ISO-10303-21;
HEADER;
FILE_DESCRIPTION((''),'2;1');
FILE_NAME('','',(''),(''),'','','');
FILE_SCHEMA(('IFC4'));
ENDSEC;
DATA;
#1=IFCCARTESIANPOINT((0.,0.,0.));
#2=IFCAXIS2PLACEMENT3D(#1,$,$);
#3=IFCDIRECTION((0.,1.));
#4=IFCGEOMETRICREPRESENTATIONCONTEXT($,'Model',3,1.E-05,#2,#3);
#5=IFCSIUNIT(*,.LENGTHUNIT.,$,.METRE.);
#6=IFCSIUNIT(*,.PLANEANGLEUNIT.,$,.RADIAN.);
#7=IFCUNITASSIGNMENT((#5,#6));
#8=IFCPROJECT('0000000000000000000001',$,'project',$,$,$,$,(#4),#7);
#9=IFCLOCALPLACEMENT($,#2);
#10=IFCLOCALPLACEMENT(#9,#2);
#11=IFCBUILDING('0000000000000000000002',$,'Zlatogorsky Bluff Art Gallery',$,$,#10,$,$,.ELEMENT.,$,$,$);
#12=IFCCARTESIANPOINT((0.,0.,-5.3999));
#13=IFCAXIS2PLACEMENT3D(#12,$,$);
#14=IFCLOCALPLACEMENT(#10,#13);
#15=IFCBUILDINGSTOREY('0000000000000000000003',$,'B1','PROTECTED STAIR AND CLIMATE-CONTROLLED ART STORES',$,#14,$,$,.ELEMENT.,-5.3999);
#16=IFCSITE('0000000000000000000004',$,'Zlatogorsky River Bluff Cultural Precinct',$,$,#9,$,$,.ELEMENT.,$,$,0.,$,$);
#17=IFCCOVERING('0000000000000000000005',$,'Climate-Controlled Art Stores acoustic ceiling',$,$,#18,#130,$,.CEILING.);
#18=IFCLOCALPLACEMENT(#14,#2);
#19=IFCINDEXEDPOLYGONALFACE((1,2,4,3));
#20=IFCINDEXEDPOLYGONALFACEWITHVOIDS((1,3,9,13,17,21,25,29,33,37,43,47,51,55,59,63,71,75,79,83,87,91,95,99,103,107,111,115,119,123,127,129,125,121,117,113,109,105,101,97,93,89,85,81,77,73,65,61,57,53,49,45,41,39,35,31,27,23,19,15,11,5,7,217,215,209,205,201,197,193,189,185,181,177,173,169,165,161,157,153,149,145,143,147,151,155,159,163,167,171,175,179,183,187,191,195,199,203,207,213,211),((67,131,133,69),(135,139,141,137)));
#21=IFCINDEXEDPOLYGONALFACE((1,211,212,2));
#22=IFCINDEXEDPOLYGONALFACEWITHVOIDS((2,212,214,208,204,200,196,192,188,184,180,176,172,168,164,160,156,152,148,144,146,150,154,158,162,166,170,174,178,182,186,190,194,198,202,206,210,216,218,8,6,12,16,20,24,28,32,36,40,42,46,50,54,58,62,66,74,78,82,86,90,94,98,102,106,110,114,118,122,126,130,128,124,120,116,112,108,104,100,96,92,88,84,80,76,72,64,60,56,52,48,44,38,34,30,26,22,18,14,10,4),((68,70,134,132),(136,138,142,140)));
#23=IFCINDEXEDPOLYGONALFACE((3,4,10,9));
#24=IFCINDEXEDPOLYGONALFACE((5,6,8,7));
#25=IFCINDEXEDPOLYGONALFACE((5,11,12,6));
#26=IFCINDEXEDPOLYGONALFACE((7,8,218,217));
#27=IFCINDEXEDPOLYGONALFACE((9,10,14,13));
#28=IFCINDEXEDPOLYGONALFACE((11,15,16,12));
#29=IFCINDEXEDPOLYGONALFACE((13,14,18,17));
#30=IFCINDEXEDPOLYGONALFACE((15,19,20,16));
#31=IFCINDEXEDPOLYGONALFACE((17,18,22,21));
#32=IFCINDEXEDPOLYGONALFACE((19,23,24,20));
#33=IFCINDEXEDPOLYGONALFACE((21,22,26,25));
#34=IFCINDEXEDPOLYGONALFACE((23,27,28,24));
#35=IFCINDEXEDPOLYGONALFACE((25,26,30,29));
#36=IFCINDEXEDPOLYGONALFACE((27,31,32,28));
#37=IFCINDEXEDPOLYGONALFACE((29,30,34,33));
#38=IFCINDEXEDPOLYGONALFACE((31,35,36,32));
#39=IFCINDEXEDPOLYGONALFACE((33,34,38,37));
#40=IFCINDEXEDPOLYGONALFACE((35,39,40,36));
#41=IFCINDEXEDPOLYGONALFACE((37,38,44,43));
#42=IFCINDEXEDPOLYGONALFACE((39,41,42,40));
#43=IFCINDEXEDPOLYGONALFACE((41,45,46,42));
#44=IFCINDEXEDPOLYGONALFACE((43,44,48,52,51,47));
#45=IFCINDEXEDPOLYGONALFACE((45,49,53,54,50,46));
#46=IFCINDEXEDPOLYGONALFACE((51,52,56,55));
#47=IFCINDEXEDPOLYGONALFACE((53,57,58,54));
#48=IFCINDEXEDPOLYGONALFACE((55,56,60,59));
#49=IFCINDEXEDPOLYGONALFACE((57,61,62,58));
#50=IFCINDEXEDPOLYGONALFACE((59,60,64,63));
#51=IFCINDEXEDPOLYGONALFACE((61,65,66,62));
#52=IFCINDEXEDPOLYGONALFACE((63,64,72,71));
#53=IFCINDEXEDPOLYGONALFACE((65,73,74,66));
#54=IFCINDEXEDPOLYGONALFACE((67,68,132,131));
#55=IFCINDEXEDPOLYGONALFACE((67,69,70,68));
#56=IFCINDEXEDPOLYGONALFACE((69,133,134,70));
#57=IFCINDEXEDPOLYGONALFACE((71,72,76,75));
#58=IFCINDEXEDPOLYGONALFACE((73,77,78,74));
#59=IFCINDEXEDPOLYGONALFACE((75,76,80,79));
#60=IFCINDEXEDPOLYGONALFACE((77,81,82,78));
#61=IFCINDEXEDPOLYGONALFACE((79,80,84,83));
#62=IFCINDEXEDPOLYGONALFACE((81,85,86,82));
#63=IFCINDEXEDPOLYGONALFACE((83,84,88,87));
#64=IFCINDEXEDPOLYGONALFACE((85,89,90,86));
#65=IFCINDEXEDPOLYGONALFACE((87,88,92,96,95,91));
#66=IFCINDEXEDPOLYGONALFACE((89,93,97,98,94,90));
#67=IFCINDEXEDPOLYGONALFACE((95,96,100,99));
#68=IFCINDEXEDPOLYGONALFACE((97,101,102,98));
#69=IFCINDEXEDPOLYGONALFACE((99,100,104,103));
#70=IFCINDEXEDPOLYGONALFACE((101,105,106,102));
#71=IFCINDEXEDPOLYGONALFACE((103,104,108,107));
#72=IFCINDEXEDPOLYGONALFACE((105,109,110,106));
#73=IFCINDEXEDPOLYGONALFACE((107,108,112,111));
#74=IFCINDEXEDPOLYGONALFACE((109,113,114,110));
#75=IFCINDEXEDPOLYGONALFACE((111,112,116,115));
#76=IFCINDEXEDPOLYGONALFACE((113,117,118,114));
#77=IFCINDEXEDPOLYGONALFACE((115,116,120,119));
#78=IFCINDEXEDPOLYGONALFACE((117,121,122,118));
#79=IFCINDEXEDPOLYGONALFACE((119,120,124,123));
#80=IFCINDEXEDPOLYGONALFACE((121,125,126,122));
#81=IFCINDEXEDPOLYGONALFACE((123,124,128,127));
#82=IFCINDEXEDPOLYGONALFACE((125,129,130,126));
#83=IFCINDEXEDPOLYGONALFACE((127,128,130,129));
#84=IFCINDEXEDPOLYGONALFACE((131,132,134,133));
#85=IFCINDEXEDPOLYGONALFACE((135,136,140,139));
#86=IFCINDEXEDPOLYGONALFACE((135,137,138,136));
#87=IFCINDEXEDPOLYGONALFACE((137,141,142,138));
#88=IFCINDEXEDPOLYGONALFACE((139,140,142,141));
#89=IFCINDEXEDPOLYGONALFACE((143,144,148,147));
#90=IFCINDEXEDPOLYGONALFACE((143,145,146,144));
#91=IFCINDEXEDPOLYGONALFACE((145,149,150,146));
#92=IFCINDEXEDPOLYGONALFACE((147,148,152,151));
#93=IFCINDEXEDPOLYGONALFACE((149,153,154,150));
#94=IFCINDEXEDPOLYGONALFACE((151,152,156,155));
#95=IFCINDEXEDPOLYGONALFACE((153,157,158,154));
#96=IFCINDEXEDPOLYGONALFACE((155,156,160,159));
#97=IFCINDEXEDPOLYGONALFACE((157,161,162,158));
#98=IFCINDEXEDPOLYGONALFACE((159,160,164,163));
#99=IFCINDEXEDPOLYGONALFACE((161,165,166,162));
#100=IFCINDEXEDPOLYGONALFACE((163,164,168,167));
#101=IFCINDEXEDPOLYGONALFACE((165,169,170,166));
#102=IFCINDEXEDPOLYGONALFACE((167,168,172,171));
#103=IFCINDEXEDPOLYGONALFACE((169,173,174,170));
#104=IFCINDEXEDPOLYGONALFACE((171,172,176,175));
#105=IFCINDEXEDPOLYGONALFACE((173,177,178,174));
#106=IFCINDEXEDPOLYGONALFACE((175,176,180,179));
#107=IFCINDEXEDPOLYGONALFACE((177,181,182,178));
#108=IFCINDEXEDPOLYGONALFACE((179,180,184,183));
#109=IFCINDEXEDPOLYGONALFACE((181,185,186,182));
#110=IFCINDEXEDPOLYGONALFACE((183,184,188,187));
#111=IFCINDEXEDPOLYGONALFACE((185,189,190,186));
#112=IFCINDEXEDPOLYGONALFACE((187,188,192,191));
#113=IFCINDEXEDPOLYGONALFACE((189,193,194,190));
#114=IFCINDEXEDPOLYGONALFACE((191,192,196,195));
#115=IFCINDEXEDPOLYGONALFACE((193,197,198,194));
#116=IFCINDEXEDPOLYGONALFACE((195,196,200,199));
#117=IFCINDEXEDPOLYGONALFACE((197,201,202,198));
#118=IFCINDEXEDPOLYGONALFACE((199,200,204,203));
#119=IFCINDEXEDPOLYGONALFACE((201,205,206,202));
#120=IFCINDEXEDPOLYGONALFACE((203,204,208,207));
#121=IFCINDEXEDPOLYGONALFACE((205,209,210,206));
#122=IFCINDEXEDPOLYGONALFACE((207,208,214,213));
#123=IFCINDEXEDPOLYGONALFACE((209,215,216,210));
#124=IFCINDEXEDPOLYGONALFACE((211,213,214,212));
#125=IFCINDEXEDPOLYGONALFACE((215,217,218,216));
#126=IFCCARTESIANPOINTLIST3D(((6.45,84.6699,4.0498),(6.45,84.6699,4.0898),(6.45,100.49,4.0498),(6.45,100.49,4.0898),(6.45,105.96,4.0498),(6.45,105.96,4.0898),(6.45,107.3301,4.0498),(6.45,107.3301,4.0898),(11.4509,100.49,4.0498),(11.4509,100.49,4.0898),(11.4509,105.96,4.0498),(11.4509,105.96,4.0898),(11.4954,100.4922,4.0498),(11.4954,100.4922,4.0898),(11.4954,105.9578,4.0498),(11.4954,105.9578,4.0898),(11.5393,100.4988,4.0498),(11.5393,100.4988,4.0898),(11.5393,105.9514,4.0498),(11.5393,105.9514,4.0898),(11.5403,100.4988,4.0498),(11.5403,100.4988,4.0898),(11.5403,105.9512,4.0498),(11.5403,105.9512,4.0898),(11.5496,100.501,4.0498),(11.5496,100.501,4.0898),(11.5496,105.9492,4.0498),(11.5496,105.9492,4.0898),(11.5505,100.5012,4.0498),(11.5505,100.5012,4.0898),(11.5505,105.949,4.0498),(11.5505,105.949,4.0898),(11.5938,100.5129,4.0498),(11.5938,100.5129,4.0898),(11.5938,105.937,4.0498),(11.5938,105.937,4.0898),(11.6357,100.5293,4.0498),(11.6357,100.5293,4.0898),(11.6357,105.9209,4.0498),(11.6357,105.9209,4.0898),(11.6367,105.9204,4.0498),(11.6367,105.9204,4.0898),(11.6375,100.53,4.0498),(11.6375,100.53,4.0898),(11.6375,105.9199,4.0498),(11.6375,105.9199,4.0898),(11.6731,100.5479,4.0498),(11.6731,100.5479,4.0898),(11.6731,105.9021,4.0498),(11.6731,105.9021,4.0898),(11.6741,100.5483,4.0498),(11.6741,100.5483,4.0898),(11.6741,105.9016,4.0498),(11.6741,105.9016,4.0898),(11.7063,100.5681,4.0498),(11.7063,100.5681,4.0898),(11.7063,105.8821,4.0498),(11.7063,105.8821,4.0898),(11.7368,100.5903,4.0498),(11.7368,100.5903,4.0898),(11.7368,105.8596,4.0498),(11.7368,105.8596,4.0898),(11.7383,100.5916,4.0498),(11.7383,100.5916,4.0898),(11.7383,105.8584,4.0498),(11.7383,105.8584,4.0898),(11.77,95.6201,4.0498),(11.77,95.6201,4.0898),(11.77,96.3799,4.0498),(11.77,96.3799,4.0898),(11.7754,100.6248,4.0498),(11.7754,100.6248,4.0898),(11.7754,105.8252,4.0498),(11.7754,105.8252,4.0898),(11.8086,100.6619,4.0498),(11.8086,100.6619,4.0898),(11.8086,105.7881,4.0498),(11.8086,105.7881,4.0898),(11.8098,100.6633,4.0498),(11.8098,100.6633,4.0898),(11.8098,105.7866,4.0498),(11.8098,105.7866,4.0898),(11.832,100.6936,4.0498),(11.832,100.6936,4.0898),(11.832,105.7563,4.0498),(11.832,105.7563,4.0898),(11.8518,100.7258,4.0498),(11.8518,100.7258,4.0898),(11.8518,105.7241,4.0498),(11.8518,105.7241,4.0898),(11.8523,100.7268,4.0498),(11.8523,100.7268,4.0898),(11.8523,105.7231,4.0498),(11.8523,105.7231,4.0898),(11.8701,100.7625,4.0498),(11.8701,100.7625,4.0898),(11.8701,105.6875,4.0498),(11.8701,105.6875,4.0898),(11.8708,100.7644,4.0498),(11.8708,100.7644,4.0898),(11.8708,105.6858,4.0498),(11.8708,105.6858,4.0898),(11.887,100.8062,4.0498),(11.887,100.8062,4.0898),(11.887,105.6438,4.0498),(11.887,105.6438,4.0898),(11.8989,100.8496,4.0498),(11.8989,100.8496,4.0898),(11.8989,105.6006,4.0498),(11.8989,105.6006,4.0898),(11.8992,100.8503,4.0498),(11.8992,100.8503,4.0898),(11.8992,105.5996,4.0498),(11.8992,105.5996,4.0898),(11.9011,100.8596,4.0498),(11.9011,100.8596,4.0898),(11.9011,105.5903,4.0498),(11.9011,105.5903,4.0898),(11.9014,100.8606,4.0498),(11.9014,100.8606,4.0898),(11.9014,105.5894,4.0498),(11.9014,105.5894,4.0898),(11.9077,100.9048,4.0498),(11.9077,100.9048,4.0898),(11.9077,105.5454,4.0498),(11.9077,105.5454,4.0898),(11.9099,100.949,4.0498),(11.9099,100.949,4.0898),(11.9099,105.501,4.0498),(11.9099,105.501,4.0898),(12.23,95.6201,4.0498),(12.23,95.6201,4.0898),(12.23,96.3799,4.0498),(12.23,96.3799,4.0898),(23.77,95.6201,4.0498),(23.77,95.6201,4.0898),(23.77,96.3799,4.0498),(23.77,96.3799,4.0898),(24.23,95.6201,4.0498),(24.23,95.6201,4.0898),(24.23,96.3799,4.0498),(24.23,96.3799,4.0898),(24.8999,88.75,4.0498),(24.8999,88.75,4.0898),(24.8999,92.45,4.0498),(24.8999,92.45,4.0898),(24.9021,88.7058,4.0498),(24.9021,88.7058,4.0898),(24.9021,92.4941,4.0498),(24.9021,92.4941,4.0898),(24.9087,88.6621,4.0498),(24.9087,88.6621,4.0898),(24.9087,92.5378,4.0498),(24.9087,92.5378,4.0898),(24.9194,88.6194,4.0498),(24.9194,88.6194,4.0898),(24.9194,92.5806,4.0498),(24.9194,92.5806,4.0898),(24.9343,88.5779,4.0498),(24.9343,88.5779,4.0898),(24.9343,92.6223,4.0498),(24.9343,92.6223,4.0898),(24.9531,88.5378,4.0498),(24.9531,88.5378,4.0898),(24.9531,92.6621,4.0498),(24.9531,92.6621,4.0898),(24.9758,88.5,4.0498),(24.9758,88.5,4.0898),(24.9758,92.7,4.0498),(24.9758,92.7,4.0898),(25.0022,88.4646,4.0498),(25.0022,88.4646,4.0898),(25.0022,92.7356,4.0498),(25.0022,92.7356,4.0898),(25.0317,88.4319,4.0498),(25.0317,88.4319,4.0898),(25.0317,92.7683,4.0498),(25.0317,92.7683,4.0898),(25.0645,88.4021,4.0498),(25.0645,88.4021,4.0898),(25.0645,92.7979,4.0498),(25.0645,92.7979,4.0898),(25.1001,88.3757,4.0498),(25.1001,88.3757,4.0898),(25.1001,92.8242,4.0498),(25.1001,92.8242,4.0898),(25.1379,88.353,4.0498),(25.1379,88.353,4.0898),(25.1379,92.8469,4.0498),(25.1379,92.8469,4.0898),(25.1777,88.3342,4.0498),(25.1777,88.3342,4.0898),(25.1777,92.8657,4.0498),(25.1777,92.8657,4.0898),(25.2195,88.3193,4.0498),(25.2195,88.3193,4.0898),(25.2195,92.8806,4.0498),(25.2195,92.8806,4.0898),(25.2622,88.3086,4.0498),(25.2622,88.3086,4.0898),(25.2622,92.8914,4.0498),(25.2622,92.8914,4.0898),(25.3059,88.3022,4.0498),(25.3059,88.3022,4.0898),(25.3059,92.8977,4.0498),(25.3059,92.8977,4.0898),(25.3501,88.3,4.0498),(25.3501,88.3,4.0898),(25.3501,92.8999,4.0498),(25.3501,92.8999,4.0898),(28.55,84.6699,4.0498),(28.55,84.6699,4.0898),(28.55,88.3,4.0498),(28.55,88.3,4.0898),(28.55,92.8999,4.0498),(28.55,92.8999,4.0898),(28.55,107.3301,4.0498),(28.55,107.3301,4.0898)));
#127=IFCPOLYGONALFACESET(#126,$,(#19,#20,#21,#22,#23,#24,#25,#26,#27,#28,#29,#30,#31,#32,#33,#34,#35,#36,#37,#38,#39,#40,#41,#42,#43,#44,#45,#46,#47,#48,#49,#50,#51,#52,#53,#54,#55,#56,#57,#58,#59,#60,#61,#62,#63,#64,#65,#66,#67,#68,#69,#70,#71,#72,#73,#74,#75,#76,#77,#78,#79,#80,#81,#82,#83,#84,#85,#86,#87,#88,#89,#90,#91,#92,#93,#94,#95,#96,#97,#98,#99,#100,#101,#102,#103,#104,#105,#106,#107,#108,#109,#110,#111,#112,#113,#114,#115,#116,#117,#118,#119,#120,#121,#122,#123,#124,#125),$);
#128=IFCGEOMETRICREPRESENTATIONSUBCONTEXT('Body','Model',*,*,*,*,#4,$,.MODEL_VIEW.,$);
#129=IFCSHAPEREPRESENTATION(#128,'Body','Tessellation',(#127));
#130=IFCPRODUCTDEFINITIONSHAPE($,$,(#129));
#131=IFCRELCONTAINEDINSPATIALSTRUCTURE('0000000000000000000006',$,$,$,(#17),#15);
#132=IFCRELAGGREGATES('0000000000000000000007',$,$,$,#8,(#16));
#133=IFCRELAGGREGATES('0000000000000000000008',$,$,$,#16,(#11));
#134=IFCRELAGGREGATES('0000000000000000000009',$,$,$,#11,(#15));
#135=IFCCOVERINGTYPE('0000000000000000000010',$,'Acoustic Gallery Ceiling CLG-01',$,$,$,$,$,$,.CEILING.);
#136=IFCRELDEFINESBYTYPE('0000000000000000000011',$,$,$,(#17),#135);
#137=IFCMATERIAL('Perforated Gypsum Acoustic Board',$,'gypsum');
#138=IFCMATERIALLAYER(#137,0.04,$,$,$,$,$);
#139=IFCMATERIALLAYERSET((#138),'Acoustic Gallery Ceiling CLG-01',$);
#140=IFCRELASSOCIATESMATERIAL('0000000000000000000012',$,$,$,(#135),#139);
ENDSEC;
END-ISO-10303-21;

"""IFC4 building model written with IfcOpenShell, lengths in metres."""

from ifc_helpers import new_model, si_unit, direction, frame, origin, place, context, subcontext, project, spatial, polyline, outline, extrude, material, layer, layer_set, type_object, element, save


model = new_model("IFC4")

# Units and contexts
model_context = context("Model", 3, precision=1e-05, world=origin(), true_north=direction((0.0, 1.0)))
body_context = subcontext(model_context, "Body", "Model", "MODEL_VIEW")
ifc_project = project(units=[si_unit("LENGTHUNIT", "METRE"), si_unit("PLANEANGLEUNIT", "RADIAN")], contexts=[model_context])

# Site, building, storey
site_placement = place(None, origin())
site = spatial("IfcSite", under=ifc_project, at=site_placement, Name="Zlatogorsky River Bluff Cultural Precinct", CompositionType="ELEMENT", RefElevation=0.0)
building_placement = place(site_placement, origin())
building = spatial("IfcBuilding", under=site, at=building_placement, Name="Zlatogorsky Bluff Art Gallery", CompositionType="ELEMENT")
storey_placement = place(building_placement, frame((0.0, 0.0, -5.3999)))
storey = spatial("IfcBuildingStorey", under=building, at=storey_placement, Name="B1", Description="PROTECTED STAIR AND CLIMATE-CONTROLLED ART STORES", CompositionType="ELEMENT", Elevation=-5.3999)

# Covering
ifc_material_1 = material(Name="Perforated Gypsum Acoustic Board", Category="gypsum")
ifc_layer_1 = layer(ifc_material_1, 0.04)
ifc_layer_set_1 = layer_set([ifc_layer_1], Name="Acoustic Gallery Ceiling CLG-01")
covering_type_1 = type_object("IfcCoveringType", Name="Acoustic Gallery Ceiling CLG-01", PredefinedType="CEILING", material=ifc_layer_set_1)
covering_1_placement = place(storey_placement, frame((0.0, 0.0, 4.0498)))
element("IfcCovering", 1, at=covering_1_placement, inside=storey, type_object=covering_type_1, Name="Climate-Controlled Art Stores acoustic ceiling", PredefinedType="CEILING", context=body_context, shape_type="SweptSolid", body=[
    extrude(outline(polyline([(28.55, 84.6699), (6.45, 84.6699), (6.45, 100.49), (11.4509, 100.49), (11.4954, 100.4922), (11.5393, 100.4988), (11.5403, 100.4988), (11.5496, 100.501), (11.5505, 100.5012), (11.5938, 100.5129), (11.6357, 100.5293), (11.6375, 100.53), (11.6731, 100.5479), (11.6741, 100.5483), (11.7063, 100.5681), (11.7368, 100.5903), (11.7383, 100.5916), (11.7754, 100.6248), (11.8086, 100.6619), (11.8098, 100.6633), (11.832, 100.6936), (11.8518, 100.7258), (11.8523, 100.7268), (11.8701, 100.7625), (11.8708, 100.7644), (11.887, 100.8062), (11.8989, 100.8496), (11.8992, 100.8503), (11.9011, 100.8596), (11.9014, 100.8606), (11.9077, 100.9048), (11.9099, 100.949), (11.9099, 105.501), (11.9077, 105.5454), (11.9014, 105.5894), (11.9011, 105.5903), (11.8992, 105.5996), (11.8989, 105.6006), (11.887, 105.6438), (11.8708, 105.6858), (11.8701, 105.6875), (11.8523, 105.7231), (11.8518, 105.7241), (11.832, 105.7563), (11.8098, 105.7866), (11.8086, 105.7881), (11.7754, 105.8252), (11.7383, 105.8584), (11.7368, 105.8596), (11.7063, 105.8821), (11.6741, 105.9016), (11.6731, 105.9021), (11.6375, 105.9199), (11.6367, 105.9204), (11.6357, 105.9209), (11.5938, 105.937), (11.5505, 105.949), (11.5496, 105.9492), (11.5403, 105.9512), (11.5393, 105.9514), (11.4954, 105.9578), (11.4509, 105.96), (6.45, 105.96), (6.45, 107.3301), (28.55, 107.3301), (28.55, 92.8999), (25.3501, 92.8999), (25.3059, 92.8977), (25.2622, 92.8914), (25.2195, 92.8806), (25.1777, 92.8657), (25.1379, 92.8469), (25.1001, 92.8242), (25.0645, 92.7979), (25.0317, 92.7683), (25.0022, 92.7356), (24.9758, 92.7), (24.9531, 92.6621), (24.9343, 92.6223), (24.9194, 92.5806), (24.9087, 92.5378), (24.9021, 92.4941), (24.8999, 92.45), (24.8999, 88.75), (24.9021, 88.7058), (24.9087, 88.6621), (24.9194, 88.6194), (24.9343, 88.5779), (24.9531, 88.5378), (24.9758, 88.5), (25.0022, 88.4646), (25.0317, 88.4319), (25.0645, 88.4021), (25.1001, 88.3757), (25.1379, 88.353), (25.1777, 88.3342), (25.2195, 88.3193), (25.2622, 88.3086), (25.3059, 88.3022), (25.3501, 88.3), (28.55, 88.3), (28.55, 84.6699)]), holes=[polyline([(23.77, 96.3799), (23.77, 95.6201), (24.23, 95.6201), (24.23, 96.3799), (23.77, 96.3799)]), polyline([(11.77, 95.6201), (12.23, 95.6201), (12.23, 96.3799), (11.77, 96.3799), (11.77, 95.6201)])]), origin(), (0.0, 0.0, 1.0), 0.04),
])

save(model, "model.ifc")
